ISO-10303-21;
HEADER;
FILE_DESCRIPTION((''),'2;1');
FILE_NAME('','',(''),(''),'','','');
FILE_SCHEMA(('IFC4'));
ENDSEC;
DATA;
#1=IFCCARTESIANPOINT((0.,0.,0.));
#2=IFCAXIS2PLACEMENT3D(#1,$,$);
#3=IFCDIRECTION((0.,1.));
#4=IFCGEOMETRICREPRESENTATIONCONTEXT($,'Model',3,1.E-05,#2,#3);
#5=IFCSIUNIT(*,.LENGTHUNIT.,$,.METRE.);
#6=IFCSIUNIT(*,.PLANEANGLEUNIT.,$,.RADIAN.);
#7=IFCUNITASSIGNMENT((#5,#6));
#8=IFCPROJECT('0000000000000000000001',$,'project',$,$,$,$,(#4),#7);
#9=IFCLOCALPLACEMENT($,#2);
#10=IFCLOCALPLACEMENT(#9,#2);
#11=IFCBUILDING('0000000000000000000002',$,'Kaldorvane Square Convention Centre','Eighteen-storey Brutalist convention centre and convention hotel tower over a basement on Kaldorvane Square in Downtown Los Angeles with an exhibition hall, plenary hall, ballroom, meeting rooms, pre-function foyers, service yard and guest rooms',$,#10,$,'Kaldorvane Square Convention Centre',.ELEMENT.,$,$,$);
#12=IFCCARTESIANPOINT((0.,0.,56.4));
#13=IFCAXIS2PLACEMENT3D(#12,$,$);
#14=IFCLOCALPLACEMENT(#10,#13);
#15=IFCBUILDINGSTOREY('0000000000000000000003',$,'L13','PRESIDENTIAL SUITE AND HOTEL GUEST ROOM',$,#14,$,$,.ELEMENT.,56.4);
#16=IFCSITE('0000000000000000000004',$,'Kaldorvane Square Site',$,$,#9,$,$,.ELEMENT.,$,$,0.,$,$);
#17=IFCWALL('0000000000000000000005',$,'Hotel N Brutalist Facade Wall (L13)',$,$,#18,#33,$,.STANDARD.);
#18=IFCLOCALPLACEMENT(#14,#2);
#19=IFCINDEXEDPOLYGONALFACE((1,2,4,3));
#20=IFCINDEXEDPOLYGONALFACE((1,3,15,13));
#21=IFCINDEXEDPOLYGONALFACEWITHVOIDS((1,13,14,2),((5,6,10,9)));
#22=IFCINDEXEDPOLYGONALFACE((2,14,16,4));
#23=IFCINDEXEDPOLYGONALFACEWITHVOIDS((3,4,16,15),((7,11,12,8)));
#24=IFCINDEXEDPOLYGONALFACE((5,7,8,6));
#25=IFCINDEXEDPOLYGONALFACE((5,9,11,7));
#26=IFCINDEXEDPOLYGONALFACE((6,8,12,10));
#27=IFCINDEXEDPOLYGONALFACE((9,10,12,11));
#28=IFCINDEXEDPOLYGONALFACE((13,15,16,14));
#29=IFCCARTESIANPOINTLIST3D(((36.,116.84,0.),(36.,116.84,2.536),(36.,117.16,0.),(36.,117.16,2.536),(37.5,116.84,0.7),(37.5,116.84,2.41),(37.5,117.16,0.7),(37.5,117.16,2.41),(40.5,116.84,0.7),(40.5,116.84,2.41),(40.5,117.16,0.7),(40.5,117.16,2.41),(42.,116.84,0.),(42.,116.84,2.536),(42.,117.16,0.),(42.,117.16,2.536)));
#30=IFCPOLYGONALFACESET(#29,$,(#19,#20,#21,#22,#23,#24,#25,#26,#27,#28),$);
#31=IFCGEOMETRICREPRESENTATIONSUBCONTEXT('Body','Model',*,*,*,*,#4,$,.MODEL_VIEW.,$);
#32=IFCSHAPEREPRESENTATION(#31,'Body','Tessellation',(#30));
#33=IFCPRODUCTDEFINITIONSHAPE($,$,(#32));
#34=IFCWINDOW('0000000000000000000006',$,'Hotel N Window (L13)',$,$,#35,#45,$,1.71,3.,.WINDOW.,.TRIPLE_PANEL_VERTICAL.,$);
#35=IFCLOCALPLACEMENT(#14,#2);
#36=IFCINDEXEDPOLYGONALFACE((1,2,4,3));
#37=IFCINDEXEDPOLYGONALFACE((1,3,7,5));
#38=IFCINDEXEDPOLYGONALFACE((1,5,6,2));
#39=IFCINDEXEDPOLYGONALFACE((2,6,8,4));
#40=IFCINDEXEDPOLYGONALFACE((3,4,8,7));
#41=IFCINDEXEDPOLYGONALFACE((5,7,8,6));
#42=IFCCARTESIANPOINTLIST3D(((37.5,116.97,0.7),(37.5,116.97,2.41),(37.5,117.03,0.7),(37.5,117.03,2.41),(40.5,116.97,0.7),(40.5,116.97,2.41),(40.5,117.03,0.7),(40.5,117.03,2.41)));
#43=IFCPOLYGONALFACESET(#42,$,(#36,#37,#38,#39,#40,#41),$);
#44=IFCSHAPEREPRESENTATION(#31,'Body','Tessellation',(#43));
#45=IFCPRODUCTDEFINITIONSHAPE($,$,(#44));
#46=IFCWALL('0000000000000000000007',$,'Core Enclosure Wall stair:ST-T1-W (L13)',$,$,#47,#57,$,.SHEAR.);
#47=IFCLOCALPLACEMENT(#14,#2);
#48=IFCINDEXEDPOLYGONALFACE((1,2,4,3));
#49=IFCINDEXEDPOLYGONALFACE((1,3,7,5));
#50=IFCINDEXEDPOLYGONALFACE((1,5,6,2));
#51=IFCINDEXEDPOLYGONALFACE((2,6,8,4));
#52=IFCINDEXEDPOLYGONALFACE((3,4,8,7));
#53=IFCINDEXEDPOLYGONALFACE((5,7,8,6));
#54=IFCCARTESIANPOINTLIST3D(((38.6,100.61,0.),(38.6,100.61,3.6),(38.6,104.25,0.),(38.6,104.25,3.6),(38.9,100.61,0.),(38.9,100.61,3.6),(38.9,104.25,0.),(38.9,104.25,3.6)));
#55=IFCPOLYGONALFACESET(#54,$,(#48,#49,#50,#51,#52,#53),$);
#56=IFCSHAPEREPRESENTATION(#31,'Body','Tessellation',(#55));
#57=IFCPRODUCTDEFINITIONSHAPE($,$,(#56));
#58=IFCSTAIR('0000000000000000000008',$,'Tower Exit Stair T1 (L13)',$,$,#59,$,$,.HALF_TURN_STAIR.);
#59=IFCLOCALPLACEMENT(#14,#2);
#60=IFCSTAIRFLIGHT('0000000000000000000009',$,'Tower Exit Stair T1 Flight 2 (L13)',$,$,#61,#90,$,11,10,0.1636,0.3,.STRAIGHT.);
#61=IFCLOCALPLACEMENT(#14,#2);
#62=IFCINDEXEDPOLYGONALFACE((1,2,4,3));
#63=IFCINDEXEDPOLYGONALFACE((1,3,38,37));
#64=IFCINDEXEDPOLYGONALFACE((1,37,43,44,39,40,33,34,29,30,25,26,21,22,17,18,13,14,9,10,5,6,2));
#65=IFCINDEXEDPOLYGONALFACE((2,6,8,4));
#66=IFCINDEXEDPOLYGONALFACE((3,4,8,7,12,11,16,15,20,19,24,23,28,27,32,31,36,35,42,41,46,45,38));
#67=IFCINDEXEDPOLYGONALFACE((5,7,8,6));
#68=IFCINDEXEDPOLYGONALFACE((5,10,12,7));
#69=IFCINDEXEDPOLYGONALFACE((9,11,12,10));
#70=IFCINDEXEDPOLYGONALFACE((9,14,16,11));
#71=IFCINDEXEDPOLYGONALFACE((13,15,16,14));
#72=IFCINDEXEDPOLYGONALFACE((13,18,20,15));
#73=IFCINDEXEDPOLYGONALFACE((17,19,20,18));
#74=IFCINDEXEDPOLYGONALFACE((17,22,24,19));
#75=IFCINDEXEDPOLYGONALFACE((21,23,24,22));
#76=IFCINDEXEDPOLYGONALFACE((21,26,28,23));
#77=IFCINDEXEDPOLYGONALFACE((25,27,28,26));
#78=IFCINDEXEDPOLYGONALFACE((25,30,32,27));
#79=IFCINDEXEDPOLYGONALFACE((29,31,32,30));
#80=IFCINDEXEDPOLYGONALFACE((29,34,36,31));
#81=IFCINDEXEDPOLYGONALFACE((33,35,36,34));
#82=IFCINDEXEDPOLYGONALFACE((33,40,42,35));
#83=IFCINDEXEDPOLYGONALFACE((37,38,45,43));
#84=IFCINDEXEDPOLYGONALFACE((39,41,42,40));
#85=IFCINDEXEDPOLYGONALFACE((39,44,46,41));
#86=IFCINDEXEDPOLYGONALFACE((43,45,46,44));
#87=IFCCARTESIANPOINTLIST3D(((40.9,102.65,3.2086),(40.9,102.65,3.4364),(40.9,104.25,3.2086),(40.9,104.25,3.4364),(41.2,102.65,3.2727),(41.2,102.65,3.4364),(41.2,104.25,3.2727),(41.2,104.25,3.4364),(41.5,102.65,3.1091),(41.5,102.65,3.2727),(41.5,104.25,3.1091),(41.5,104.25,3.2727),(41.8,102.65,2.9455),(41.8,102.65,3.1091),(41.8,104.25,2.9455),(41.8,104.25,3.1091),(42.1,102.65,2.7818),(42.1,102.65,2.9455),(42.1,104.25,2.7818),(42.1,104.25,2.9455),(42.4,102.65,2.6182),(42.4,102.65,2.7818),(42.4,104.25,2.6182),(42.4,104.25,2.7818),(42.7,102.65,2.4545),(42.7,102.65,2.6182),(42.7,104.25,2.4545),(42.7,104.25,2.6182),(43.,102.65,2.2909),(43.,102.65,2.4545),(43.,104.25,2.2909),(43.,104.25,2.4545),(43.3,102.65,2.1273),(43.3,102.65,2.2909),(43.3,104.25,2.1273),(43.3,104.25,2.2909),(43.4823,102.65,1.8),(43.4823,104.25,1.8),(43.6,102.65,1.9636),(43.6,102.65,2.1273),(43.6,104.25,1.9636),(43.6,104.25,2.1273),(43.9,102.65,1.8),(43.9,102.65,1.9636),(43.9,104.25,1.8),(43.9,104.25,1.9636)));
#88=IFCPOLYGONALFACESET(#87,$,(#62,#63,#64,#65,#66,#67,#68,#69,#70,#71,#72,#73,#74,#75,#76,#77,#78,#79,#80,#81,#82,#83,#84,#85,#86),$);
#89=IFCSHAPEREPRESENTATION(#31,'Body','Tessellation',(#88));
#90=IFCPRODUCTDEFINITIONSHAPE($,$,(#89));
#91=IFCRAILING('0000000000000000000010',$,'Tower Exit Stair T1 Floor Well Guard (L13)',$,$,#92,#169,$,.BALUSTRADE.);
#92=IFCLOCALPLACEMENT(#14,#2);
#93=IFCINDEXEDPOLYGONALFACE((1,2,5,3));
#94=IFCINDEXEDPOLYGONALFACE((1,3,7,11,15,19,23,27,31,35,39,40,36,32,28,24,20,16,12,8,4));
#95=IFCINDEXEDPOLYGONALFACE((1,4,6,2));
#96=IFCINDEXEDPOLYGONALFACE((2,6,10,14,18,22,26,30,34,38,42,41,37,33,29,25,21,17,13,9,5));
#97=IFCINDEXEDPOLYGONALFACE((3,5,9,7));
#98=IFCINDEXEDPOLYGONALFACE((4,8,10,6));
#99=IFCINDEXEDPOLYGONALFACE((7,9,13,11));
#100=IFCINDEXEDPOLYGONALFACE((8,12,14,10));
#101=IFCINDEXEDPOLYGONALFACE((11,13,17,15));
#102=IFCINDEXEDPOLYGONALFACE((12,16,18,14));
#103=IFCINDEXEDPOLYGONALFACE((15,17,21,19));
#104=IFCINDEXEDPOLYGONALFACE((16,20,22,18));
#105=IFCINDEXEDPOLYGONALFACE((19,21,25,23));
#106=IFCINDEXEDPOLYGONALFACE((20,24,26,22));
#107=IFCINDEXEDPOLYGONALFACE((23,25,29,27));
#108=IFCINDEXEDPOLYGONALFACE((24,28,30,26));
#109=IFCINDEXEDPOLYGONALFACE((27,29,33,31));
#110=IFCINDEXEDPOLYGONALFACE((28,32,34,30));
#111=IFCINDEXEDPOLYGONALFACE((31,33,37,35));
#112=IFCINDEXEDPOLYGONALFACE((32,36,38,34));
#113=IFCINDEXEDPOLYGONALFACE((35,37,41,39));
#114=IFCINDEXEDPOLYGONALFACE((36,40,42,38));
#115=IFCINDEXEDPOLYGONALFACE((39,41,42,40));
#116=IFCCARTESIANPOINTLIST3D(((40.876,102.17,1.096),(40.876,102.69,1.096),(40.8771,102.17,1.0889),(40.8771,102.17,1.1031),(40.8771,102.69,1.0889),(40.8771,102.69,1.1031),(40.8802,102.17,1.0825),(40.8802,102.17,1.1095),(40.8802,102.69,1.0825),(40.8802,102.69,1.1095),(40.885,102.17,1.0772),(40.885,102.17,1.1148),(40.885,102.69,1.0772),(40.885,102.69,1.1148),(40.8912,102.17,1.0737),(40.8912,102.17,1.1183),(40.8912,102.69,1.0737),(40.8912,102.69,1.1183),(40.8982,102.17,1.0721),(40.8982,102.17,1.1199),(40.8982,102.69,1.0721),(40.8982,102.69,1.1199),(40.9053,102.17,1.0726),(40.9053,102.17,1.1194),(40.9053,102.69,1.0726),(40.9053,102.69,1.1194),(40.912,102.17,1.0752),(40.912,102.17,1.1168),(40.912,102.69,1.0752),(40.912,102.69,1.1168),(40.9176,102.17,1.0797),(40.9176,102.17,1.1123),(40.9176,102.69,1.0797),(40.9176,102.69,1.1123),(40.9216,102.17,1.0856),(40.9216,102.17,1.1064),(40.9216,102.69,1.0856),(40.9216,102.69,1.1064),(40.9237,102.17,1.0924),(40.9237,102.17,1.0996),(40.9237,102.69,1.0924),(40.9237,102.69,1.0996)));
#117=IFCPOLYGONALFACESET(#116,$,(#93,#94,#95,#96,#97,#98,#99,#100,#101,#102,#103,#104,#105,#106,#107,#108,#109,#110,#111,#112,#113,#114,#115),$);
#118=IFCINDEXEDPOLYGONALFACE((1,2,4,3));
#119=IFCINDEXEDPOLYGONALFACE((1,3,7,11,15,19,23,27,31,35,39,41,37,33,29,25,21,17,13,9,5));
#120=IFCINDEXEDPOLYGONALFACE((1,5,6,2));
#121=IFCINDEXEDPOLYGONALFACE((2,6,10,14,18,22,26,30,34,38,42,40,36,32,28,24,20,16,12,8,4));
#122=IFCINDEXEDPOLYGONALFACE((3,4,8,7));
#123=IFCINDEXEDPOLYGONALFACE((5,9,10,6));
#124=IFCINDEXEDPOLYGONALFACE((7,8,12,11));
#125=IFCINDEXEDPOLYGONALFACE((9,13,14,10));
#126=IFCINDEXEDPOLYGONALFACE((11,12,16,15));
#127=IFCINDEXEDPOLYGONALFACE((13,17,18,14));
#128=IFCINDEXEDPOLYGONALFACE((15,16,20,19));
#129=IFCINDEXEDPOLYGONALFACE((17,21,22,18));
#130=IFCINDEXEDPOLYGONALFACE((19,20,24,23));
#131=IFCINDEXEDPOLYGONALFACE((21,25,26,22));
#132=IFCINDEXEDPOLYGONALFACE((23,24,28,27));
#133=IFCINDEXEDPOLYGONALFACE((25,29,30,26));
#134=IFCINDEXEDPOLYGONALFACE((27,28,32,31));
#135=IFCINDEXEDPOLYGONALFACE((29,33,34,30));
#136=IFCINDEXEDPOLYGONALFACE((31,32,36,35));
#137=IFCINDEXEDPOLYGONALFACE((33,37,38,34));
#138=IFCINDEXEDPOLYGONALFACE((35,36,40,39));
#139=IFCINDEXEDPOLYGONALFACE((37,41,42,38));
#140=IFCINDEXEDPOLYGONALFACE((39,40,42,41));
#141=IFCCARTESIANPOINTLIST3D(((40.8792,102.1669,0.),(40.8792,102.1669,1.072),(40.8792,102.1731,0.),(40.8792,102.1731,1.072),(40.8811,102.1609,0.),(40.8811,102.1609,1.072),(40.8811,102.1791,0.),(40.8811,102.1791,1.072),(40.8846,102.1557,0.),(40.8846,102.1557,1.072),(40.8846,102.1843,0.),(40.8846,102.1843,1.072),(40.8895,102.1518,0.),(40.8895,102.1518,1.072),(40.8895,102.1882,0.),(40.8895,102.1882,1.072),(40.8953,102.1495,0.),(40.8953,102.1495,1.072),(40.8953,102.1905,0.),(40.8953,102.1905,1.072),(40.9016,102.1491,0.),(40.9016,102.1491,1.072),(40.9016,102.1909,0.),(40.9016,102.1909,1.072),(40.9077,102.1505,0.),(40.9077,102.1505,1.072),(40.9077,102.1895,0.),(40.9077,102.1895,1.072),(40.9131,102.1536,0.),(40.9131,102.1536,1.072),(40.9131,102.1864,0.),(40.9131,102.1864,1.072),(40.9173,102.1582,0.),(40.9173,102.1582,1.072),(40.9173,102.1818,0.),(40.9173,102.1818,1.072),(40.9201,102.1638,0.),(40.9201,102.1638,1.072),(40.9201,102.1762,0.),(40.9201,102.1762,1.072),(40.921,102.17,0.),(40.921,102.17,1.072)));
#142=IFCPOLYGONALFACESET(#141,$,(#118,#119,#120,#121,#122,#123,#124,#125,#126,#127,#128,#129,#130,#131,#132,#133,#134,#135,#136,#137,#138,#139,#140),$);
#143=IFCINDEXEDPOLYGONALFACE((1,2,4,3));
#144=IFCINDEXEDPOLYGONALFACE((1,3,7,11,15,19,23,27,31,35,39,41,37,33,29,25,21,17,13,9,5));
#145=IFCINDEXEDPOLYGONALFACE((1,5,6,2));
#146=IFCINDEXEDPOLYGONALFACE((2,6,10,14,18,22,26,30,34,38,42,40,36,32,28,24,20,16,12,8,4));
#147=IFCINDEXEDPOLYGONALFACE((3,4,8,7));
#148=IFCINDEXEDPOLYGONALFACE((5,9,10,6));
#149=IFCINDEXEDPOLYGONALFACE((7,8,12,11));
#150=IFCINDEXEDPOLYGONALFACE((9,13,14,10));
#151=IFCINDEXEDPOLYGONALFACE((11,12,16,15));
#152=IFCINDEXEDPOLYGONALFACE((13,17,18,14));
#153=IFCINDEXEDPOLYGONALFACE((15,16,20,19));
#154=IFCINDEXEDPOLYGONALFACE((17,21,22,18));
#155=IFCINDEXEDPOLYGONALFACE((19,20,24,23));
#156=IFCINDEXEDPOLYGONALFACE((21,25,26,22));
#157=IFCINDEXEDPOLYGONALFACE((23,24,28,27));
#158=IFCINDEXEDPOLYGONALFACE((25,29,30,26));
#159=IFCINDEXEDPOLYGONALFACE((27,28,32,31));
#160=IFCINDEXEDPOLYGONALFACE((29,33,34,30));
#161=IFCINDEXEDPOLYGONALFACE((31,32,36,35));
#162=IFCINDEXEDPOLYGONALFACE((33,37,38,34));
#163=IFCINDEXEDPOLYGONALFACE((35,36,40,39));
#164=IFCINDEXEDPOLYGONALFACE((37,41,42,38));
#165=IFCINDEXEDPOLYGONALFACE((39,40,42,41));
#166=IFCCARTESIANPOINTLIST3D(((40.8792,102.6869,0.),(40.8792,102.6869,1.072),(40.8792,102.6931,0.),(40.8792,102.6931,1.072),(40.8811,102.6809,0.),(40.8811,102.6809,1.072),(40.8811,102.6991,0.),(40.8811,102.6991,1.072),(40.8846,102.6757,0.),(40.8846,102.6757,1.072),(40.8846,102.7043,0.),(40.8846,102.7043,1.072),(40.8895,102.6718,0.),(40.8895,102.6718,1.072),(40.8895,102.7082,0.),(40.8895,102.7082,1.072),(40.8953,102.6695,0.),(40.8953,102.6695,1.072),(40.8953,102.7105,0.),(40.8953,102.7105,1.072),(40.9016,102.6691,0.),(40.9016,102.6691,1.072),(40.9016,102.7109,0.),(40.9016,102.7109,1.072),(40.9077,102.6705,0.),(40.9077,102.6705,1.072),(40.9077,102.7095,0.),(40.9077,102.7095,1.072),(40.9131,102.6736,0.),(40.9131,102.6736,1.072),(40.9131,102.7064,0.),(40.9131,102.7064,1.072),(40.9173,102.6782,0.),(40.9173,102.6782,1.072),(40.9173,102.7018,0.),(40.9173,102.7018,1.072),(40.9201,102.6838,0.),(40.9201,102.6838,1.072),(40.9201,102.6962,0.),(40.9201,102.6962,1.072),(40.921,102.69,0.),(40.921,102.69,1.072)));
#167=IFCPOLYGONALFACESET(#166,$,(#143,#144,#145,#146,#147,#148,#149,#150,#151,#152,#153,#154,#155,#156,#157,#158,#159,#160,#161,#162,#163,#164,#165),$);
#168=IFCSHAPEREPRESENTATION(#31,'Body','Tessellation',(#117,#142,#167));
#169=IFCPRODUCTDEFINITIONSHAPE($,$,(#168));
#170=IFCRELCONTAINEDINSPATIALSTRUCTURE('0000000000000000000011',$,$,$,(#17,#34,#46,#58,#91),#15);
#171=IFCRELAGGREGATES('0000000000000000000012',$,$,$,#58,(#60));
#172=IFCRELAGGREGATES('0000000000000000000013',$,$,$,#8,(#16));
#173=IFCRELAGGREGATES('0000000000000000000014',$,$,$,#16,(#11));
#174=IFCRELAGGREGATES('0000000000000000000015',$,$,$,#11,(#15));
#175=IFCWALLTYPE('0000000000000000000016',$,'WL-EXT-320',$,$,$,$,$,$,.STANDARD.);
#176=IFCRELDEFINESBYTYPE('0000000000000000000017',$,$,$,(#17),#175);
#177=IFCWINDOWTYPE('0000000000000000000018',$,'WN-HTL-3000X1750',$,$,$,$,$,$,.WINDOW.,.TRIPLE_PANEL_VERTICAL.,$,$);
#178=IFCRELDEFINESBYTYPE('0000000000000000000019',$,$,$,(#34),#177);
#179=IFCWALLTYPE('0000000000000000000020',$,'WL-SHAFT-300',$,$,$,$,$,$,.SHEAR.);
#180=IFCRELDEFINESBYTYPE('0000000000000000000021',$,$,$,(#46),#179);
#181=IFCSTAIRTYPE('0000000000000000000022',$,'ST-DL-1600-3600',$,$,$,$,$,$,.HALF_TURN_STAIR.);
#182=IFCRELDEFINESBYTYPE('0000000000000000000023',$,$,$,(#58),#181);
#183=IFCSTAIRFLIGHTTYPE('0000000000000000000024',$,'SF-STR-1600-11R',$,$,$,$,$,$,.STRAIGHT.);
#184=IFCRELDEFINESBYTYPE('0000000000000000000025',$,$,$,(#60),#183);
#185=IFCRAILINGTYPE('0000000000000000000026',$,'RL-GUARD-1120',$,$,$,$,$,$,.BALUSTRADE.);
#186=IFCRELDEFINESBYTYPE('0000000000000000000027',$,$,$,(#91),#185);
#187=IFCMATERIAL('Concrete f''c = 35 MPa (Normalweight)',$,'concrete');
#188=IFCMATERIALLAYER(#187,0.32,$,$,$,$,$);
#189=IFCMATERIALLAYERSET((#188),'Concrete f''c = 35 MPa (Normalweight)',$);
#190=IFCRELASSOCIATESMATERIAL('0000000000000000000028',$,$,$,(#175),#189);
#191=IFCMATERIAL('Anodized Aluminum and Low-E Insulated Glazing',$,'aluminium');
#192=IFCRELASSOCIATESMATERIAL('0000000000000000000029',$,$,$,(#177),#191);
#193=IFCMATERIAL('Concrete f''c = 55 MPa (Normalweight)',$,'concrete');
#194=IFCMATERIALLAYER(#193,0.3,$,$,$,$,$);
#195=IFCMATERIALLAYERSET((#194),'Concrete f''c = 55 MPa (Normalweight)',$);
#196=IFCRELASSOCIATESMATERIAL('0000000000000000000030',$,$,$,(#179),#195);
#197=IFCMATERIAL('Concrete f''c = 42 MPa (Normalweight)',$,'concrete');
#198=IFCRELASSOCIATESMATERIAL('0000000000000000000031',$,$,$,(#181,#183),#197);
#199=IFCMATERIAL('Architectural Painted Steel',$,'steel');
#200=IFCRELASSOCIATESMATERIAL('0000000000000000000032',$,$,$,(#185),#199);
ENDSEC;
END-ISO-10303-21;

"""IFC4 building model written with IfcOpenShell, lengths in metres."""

from ifc_helpers import new_model, si_unit, direction, frame, frame_2d, origin, origin_2d, place, context, subcontext, project, spatial, polyline, rectangle, circle, outline, extrude, material, layer, layer_set, type_object, element, fill, aggregate, save


model = new_model("IFC4")

# Units and contexts
model_context = context("Model", 3, precision=1e-05, world=origin(), true_north=direction((0.0, 1.0)))
body_context = subcontext(model_context, "Body", "Model", "MODEL_VIEW")
ifc_project = project(units=[si_unit("LENGTHUNIT", "METRE"), si_unit("PLANEANGLEUNIT", "RADIAN")], contexts=[model_context])

# Site, building, storey
site_placement = place(None, origin())
site = spatial("IfcSite", under=ifc_project, at=site_placement, Name="Kaldorvane Square Site", CompositionType="ELEMENT", RefElevation=0.0)
building_placement = place(site_placement, origin())
building = spatial("IfcBuilding", under=site, at=building_placement, Name="Kaldorvane Square Convention Centre", Description="Eighteen-storey Brutalist convention centre and convention hotel tower over a basement on Kaldorvane Square in Downtown Los Angeles with an exhibition hall, plenary hall, ballroom, meeting rooms, pre-function foyers, service yard and guest rooms", LongName="Kaldorvane Square Convention Centre", CompositionType="ELEMENT")
storey_placement = place(building_placement, frame((0.0, 0.0, 56.4)))
storey = spatial("IfcBuildingStorey", under=building, at=storey_placement, Name="L13", Description="PRESIDENTIAL SUITE AND HOTEL GUEST ROOM", CompositionType="ELEMENT", Elevation=56.4)

# Shared definitions
ifc_material_1 = material(Name="Concrete f'c = 42 MPa (Normalweight)", Category="concrete")

# Wall, opening, window
ifc_material_2 = material(Name="Concrete f'c = 35 MPa (Normalweight)", Category="concrete")
ifc_layer_1 = layer(ifc_material_2, 0.32)
ifc_layer_set_1 = layer_set([ifc_layer_1], Name="Concrete f'c = 35 MPa (Normalweight)")
wall_type_1 = type_object("IfcWallType", Name="WL-EXT-320", PredefinedType="STANDARD", material=ifc_layer_set_1)
ifc_material_3 = material(Name="Anodized Aluminum and Low-E Insulated Glazing", Category="aluminium")
window_type = type_object("IfcWindowType", Name="WN-HTL-3000X1750", PartitioningType="TRIPLE_PANEL_VERTICAL", PredefinedType="WINDOW", material=ifc_material_3)
wall_1_placement = place(storey_placement, frame((42.0, 117.0, 0.0), z_axis=(0.0, 0.0, 1.0), x_axis=(-1.0, 0.0, 0.0)))
wall_1 = element("IfcWall", 1, at=wall_1_placement, inside=storey, type_object=wall_type_1, Name="Hotel N Brutalist Facade Wall (L13)", PredefinedType="STANDARD", context=body_context, shape_type="SweptSolid", body=[
    extrude(rectangle(XDim=6.0, YDim=0.32, at=frame_2d((3.0, 0.0))), origin(), (0.0, 0.0, 1.0), 2.536),
])
opening_1_placement = place(wall_1_placement, frame((1.5, 0.0, 0.7)))
opening_1 = element("IfcOpeningElement", 2, at=opening_1_placement, cuts=wall_1, PredefinedType="OPENING", context=body_context, shape_type="SweptSolid", body=[
    extrude(rectangle(XDim=3.0, YDim=1.71, at=frame_2d((1.5, 0.855))), frame((0.0, 0.175, 0.0), z_axis=(0.0, -1.0, 0.0), x_axis=(1.0, 0.0, 0.0)), (0.0, 0.0, 1.0), 0.35),
])
window_1_placement = place(opening_1_placement, origin())
window_1 = element("IfcWindow", 3, at=window_1_placement, inside=storey, type_object=window_type, Name="Hotel N Window (L13)", OverallHeight=1.71, OverallWidth=3.0, PartitioningType="TRIPLE_PANEL_VERTICAL", PredefinedType="WINDOW", context=body_context, shape_type="SweptSolid", body=[
    extrude(rectangle(XDim=3.0, YDim=1.71, at=frame_2d((1.5, 0.855))), frame((0.0, 0.03, 0.0), z_axis=(0.0, -1.0, 0.0), x_axis=(1.0, 0.0, 0.0)), (0.0, 0.0, 1.0), 0.06),
])
fill(opening_1, window_1)

# Wall
ifc_material_4 = material(Name="Concrete f'c = 55 MPa (Normalweight)", Category="concrete")
ifc_layer_2 = layer(ifc_material_4, 0.3)
ifc_layer_set_2 = layer_set([ifc_layer_2], Name="Concrete f'c = 55 MPa (Normalweight)")
wall_type_2 = type_object("IfcWallType", Name="WL-SHAFT-300", PredefinedType="SHEAR", material=ifc_layer_set_2)
wall_2_placement = place(storey_placement, frame((38.75, 104.25, 0.0), z_axis=(0.0, 0.0, 1.0), x_axis=(0.0, -1.0, 0.0)))
element("IfcWall", 4, at=wall_2_placement, inside=storey, type_object=wall_type_2, Name="Core Enclosure Wall stair:ST-T1-W (L13)", PredefinedType="SHEAR", context=body_context, shape_type="SweptSolid", body=[
    extrude(rectangle(XDim=3.64, YDim=0.3, at=frame_2d((1.82, 0.0))), origin(), (0.0, 0.0, 1.0), 3.6),
])

# Stair, stair flight
stair_type = type_object("IfcStairType", Name="ST-DL-1600-3600", PredefinedType="HALF_TURN_STAIR", material=ifc_material_1)
stair_placement = place(storey_placement, origin())
stair = element("IfcStair", 5, at=stair_placement, inside=storey, type_object=stair_type, Name="Tower Exit Stair T1 (L13)", PredefinedType="HALF_TURN_STAIR")
stair_flight_type = type_object("IfcStairFlightType", Name="SF-STR-1600-11R", PredefinedType="STRAIGHT", material=ifc_material_1)
stair_flight_placement = place(storey_placement, frame((43.9, 103.45, 1.8), z_axis=(0.0, 0.0, 1.0), x_axis=(-1.0, 0.0, 0.0)))
stair_flight = element("IfcStairFlight", 6, at=stair_flight_placement, type_object=stair_flight_type, Name="Tower Exit Stair T1 Flight 2 (L13)", NumberOfRisers=11, NumberOfTreads=10, PredefinedType="STRAIGHT", RiserHeight=0.1636, TreadLength=0.3, context=body_context, shape_type="SweptSolid", body=[
    extrude(outline(polyline([(0.0, 0.0), (0.0, 0.1636), (0.3, 0.1636), (0.3, 0.3273), (0.6, 0.3273), (0.6, 0.4909), (0.9, 0.4909), (0.9, 0.6545), (1.2, 0.6545), (1.2, 0.8182), (1.5, 0.8182), (1.5, 0.9818), (1.8, 0.9818), (1.8, 1.1455), (2.1, 1.1455), (2.1, 1.3091), (2.4, 1.3091), (2.4, 1.4727), (2.7, 1.4727), (2.7, 1.6364), (3.0, 1.6364), (3.0, 1.8), (3.0, 1.4086), (0.4177, 0.0), (0.0, 0.0)])), frame((0.0, 0.8, 0.0), z_axis=(0.0, -1.0, 0.0), x_axis=(1.0, 0.0, 0.0)), (0.0, 0.0, 1.0), 1.6),
])
aggregate(stair, [stair_flight])

# Railing
ifc_material_5 = material(Name="Architectural Painted Steel", Category="steel")
railing_type_1 = type_object("IfcRailingType", Name="RL-GUARD-1120", PredefinedType="BALUSTRADE", material=ifc_material_5)
for number, where, name in (
    (7, (40.9, 102.17, 0.0), "Tower Exit Stair T1 Floor Well Guard (L13)"),
):
    element("IfcRailing", number, at=place(storey_placement, frame(where)), inside=storey, type_object=railing_type_1, Name=name, PredefinedType="BALUSTRADE", context=body_context, shape_type="SweptSolid", body=[
        extrude(circle(Radius=0.024, at=origin_2d()), frame((0.0, 0.0, 1.096), z_axis=(0.0, 1.0, 0.0), x_axis=(-1.0, 0.0, 0.0)), (0.0, 0.0, 1.0), 0.52),
        extrude(circle(Radius=0.021, at=origin_2d()), origin(), (0.0, 0.0, 1.0), 1.072),
        extrude(circle(Radius=0.021, at=origin_2d()), frame((0.0, 0.52, 0.0)), (0.0, 0.0, 1.0), 1.072),
    ])

save(model, "model.ifc")
